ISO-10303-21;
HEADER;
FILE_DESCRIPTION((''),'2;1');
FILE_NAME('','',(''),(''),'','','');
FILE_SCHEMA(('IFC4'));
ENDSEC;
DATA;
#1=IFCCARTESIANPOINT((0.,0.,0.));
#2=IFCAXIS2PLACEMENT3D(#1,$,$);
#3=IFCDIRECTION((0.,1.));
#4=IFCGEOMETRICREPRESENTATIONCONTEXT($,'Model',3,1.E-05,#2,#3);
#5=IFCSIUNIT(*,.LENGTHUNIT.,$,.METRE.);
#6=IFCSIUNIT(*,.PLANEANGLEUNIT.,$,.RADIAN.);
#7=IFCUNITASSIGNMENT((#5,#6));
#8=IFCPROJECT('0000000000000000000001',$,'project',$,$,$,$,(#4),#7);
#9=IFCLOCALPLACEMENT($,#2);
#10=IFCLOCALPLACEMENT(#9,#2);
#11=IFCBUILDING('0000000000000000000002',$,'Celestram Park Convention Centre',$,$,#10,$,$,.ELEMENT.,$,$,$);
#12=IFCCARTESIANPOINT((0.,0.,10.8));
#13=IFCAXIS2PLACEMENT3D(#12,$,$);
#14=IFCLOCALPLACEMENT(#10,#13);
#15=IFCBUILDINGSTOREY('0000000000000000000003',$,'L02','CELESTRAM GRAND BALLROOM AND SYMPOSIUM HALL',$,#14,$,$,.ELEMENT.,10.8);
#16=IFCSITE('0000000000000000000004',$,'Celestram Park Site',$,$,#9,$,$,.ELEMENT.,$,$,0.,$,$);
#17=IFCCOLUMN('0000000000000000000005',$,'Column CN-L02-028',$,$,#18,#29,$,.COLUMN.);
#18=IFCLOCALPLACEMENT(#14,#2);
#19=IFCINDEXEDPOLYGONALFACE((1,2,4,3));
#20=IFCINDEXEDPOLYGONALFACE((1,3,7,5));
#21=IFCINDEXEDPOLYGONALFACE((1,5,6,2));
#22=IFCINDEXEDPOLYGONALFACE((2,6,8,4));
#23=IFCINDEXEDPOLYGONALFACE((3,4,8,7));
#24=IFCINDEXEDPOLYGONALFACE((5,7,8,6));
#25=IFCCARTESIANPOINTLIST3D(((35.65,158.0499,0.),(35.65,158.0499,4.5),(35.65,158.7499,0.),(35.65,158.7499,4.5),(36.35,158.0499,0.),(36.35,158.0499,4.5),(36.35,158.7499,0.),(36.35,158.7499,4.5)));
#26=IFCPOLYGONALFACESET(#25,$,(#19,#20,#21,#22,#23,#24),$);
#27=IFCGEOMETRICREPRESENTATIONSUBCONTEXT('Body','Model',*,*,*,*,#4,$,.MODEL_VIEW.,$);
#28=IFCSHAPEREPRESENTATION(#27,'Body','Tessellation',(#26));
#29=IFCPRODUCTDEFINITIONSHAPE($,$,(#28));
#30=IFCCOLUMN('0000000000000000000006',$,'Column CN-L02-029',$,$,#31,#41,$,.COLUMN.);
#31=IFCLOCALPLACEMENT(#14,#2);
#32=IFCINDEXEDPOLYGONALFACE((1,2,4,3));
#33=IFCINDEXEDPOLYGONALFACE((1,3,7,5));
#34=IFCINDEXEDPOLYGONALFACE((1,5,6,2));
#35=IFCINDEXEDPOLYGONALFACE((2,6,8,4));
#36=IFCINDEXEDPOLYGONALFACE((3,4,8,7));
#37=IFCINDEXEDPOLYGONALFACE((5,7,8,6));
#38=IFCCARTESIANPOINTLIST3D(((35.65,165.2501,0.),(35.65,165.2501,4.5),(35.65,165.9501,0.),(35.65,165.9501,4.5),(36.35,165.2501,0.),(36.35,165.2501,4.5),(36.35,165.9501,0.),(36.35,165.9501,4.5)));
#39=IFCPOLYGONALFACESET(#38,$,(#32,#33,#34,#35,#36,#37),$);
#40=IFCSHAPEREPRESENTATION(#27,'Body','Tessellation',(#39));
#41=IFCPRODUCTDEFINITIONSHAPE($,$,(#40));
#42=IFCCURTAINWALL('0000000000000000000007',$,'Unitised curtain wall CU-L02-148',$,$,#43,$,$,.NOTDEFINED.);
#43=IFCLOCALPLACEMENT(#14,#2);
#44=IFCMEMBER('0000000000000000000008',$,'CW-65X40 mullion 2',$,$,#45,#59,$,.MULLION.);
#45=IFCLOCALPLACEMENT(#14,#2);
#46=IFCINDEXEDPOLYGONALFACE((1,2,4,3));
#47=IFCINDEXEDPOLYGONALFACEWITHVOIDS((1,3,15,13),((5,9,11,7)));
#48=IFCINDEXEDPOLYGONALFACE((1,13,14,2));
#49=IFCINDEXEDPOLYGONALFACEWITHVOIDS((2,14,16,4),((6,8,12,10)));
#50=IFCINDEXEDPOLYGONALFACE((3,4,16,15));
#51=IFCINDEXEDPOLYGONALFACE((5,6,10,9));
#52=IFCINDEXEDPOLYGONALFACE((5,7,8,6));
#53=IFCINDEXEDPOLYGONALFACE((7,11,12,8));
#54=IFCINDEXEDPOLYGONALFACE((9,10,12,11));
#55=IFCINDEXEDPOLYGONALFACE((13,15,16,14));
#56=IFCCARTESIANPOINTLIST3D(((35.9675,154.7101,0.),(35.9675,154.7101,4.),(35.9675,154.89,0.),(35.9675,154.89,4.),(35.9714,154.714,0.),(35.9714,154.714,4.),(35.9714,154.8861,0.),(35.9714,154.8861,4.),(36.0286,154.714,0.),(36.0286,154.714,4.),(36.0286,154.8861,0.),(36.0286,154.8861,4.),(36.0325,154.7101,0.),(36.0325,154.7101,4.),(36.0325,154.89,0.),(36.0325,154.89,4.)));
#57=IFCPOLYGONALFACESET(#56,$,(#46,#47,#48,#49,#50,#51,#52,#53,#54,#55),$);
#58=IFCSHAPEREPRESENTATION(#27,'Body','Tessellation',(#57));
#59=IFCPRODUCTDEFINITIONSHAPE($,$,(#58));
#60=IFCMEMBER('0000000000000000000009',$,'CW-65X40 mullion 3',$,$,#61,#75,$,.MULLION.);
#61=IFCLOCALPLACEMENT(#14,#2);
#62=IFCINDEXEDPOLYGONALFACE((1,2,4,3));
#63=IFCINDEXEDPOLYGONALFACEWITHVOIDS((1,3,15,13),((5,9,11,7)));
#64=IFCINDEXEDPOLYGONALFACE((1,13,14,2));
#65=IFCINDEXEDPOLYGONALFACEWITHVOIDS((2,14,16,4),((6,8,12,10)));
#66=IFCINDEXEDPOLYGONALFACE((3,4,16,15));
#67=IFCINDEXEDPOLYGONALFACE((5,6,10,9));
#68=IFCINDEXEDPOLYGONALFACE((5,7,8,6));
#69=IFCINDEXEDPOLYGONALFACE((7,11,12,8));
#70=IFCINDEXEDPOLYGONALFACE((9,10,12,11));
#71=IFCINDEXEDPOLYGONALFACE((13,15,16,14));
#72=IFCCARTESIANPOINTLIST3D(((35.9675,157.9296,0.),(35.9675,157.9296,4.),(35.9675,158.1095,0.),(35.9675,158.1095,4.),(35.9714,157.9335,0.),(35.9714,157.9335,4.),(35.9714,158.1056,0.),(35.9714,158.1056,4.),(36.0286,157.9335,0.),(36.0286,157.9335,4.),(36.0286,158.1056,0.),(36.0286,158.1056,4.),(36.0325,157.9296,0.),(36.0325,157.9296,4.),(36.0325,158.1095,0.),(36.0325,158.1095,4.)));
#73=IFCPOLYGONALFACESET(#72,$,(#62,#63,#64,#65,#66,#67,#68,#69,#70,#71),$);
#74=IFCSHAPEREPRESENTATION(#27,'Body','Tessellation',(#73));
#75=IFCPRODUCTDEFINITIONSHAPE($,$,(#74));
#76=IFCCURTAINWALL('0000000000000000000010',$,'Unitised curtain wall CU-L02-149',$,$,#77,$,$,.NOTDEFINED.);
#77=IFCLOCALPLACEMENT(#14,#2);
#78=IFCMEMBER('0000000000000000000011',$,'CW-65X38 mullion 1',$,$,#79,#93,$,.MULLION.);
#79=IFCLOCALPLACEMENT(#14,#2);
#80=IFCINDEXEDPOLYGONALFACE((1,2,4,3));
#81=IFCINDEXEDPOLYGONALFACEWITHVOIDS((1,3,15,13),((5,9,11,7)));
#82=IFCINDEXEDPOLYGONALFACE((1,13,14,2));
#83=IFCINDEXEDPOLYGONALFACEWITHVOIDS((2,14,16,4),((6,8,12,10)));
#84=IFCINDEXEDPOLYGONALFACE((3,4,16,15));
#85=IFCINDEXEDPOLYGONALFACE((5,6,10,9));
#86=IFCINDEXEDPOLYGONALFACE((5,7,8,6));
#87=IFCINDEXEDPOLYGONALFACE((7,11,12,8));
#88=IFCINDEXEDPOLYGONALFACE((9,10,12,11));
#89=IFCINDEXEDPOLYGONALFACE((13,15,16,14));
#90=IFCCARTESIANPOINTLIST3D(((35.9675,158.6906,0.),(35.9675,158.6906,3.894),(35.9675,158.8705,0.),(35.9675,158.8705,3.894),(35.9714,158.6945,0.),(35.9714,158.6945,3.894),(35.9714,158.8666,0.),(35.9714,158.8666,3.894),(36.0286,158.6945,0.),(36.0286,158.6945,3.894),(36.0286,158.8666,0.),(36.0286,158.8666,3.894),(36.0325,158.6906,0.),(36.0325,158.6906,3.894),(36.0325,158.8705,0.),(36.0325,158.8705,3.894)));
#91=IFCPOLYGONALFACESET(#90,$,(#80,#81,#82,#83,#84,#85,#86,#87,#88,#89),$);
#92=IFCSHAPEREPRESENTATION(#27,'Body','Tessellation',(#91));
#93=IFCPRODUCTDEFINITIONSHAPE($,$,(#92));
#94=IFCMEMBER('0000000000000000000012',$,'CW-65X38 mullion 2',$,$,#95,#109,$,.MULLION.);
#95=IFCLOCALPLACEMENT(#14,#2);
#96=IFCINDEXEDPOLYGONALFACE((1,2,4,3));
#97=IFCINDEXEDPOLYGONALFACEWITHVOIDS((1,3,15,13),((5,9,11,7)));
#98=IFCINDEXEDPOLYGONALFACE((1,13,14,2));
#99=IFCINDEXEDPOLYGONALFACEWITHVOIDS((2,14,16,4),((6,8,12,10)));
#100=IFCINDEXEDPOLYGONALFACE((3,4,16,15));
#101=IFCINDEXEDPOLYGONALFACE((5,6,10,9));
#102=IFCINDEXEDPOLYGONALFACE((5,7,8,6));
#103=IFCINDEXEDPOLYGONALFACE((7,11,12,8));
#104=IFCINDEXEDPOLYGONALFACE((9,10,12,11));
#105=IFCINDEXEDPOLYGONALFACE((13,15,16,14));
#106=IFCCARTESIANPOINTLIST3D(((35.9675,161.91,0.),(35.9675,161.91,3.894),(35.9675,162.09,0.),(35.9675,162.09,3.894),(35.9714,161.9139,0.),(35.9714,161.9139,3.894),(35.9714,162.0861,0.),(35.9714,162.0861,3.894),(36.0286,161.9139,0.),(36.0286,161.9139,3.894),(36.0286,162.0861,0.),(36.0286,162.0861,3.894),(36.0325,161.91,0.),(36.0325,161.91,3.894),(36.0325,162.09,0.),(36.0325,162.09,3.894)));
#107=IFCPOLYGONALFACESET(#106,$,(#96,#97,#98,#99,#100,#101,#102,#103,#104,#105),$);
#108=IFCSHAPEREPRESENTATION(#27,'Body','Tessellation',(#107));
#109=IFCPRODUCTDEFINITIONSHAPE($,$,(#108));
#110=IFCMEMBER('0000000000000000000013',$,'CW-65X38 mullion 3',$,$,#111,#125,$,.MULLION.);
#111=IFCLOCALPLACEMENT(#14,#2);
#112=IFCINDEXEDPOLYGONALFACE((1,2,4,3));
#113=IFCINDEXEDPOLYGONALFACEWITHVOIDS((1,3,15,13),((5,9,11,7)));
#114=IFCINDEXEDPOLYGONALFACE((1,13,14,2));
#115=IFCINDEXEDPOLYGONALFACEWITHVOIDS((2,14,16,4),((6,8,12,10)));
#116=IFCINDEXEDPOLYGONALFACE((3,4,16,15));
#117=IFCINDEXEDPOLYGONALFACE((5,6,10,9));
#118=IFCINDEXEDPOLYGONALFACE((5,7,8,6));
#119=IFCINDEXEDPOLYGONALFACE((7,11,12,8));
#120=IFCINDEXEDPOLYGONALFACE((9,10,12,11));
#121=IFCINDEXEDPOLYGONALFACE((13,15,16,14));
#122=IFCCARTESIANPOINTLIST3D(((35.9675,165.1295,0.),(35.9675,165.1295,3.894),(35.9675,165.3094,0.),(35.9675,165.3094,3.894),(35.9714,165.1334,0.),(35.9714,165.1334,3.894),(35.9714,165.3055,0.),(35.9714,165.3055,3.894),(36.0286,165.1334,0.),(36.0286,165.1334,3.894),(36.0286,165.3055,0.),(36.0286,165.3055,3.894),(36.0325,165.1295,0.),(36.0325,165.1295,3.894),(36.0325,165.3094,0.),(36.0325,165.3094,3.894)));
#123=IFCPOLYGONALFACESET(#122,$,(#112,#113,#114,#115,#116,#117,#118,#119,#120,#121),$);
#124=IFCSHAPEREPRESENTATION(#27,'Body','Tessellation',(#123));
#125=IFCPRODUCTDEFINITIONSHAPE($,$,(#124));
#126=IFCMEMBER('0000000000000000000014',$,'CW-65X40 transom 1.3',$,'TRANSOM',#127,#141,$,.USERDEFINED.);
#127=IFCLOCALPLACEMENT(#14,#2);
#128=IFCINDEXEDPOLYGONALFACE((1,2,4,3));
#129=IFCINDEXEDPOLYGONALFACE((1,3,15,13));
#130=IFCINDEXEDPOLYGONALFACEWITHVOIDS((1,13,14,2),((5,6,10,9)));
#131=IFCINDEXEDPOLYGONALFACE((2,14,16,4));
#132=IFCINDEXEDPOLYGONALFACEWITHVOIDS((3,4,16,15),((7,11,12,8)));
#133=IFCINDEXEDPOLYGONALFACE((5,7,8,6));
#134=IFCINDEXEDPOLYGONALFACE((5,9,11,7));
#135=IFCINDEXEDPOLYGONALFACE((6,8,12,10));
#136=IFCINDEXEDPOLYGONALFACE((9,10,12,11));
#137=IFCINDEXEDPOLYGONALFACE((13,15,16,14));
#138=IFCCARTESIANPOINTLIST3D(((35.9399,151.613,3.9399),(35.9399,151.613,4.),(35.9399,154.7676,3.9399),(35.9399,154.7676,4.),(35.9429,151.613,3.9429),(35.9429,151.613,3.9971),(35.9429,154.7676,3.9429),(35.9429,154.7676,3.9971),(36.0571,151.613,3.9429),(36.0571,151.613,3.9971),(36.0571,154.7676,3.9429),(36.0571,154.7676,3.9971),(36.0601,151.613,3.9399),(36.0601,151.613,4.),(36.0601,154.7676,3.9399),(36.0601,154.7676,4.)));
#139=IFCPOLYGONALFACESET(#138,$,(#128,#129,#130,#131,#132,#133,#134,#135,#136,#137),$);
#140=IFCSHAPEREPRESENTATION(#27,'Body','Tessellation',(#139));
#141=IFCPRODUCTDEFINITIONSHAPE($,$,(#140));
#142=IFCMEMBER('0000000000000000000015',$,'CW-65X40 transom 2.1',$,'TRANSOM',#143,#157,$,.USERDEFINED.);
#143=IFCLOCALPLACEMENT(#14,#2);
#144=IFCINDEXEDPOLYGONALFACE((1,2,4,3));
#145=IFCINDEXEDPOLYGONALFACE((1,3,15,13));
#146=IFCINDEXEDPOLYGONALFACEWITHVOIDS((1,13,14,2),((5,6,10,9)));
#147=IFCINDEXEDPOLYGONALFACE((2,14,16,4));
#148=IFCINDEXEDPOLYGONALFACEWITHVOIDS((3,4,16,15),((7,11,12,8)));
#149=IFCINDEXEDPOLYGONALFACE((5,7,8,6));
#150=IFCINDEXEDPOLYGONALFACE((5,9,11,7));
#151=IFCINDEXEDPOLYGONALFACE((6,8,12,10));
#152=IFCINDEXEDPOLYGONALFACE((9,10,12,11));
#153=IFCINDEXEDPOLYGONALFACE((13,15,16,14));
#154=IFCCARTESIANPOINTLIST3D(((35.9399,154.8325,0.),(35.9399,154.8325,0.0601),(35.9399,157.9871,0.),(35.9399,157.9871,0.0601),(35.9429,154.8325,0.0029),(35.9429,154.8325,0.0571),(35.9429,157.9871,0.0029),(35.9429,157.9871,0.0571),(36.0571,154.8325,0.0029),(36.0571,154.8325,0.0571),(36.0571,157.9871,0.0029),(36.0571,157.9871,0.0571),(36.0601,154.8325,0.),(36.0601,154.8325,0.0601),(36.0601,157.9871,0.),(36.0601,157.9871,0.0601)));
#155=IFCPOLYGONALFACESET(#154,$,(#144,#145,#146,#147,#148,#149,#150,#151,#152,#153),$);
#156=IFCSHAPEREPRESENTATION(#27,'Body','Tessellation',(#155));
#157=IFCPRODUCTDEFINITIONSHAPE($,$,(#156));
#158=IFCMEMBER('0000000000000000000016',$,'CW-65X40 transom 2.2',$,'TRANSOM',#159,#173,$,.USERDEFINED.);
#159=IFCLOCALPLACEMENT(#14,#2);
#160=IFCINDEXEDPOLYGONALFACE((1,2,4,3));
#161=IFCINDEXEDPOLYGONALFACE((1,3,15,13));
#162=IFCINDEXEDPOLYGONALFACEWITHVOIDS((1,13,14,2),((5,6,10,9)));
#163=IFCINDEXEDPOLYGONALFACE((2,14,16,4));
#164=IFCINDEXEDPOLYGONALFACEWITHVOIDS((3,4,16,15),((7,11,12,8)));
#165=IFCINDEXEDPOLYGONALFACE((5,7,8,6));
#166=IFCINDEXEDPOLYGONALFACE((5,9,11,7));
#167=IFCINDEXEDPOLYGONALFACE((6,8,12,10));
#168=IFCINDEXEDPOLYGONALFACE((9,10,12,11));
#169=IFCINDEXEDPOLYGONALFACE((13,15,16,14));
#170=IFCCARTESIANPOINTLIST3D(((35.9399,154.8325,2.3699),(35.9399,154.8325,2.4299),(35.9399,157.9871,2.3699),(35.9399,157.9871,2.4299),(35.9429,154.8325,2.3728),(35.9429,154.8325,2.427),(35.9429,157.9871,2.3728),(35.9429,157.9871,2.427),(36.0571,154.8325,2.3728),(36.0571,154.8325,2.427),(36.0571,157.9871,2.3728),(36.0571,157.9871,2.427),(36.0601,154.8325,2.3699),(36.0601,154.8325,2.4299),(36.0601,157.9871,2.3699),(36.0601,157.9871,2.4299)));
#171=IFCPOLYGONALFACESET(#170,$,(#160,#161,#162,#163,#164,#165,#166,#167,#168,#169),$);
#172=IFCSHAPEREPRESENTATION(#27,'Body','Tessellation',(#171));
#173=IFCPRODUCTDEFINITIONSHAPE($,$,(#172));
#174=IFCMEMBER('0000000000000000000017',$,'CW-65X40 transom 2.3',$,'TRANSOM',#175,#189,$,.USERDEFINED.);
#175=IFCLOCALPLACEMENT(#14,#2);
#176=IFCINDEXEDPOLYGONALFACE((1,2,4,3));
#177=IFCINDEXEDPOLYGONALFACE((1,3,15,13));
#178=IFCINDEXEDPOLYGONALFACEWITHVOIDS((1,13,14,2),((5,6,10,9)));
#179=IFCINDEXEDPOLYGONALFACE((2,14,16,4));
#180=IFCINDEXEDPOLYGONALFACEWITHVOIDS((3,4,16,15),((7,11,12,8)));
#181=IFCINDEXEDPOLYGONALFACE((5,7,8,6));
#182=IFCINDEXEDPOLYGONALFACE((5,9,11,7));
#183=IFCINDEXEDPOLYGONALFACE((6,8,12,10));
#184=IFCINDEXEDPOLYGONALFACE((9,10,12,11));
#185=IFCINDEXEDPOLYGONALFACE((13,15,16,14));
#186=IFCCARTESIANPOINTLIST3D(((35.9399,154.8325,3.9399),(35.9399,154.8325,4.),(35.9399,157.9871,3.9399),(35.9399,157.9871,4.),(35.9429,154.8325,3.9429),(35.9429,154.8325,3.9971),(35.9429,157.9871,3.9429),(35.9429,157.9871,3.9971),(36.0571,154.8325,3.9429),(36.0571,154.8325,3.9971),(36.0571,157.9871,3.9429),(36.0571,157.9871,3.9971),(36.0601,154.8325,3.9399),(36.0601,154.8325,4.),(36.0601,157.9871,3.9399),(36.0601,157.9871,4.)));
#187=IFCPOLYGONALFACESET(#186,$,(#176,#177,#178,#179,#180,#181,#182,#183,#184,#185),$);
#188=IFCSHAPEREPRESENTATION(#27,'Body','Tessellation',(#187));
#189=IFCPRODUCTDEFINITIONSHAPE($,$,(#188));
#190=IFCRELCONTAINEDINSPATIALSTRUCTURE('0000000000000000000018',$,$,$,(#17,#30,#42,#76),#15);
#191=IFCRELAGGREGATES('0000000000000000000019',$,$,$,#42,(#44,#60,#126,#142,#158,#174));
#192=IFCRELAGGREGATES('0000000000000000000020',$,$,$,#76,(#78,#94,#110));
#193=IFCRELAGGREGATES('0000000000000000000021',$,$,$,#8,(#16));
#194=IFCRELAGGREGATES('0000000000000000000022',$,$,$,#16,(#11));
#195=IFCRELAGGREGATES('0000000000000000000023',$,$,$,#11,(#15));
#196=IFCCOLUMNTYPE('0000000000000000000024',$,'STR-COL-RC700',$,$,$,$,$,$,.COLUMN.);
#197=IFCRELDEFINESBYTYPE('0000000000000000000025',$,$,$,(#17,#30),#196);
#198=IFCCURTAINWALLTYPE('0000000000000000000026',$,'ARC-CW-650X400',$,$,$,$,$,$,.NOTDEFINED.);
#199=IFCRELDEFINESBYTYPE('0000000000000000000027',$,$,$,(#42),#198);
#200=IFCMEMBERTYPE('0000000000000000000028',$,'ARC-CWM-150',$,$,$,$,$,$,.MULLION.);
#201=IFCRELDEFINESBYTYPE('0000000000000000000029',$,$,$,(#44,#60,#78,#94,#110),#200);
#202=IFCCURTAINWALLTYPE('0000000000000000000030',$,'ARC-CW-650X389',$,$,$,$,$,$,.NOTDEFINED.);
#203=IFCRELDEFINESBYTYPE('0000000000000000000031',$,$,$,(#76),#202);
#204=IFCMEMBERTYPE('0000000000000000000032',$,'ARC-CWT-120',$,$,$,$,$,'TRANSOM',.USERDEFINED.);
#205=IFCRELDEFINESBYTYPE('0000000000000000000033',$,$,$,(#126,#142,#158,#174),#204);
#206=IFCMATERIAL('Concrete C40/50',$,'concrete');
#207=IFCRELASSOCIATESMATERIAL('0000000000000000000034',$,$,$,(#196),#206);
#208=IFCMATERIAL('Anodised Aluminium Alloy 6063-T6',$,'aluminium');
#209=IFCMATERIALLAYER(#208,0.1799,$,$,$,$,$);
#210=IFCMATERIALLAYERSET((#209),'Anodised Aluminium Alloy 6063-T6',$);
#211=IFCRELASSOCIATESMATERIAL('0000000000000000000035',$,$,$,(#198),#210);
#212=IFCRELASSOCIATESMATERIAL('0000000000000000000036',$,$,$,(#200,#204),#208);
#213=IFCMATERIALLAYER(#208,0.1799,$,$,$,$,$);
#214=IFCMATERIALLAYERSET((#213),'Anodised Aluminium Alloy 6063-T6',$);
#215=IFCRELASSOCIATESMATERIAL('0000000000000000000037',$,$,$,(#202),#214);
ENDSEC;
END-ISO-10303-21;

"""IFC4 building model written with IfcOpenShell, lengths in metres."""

from ifc_helpers import new_model, si_unit, direction, frame, origin, origin_2d, place, context, subcontext, project, spatial, rectangle, hollow_rectangle, extrude, material, layer, layer_set, material_profile, profile_set, type_object, element, aggregate, save


model = new_model("IFC4")

# Units and contexts
model_context = context("Model", 3, precision=1e-05, world=origin(), true_north=direction((0.0, 1.0)))
body_context = subcontext(model_context, "Body", "Model", "MODEL_VIEW")
ifc_project = project(units=[si_unit("LENGTHUNIT", "METRE"), si_unit("PLANEANGLEUNIT", "RADIAN")], contexts=[model_context])

# Site, building, storey
site_placement = place(None, origin())
site = spatial("IfcSite", under=ifc_project, at=site_placement, Name="Celestram Park Site", CompositionType="ELEMENT", RefElevation=0.0)
building_placement = place(site_placement, origin())
building = spatial("IfcBuilding", under=site, at=building_placement, Name="Celestram Park Convention Centre", CompositionType="ELEMENT")
storey_placement = place(building_placement, frame((0.0, 0.0, 10.8)))
storey = spatial("IfcBuildingStorey", under=building, at=storey_placement, Name="L02", Description="CELESTRAM GRAND BALLROOM AND SYMPOSIUM HALL", CompositionType="ELEMENT", Elevation=10.8)

# Columns
ifc_material_1 = material(Name="Concrete C40/50", Category="concrete")
ifc_material_profile_1 = material_profile(ifc_material_1, rectangle(XDim=0.7, YDim=0.7, at=origin_2d()), Name="RC700X700")
ifc_profile_set_1 = profile_set([ifc_material_profile_1], Name="Concrete C40/50")
column_type = type_object("IfcColumnType", Name="STR-COL-RC700", PredefinedType="COLUMN", material=ifc_profile_set_1)
for number, where, z_axis, x_axis, name in (
    (1, (36.0, 158.3999, 0.0), (0.0, 0.0, 1.0), (1.0, 0.0, 0.0), "Column CN-L02-028"),
    (2, (36.0, 165.6001, 0.0), (0.0, 0.0, 1.0), (1.0, 0.0, 0.0), "Column CN-L02-029"),
):
    element("IfcColumn", number, at=place(storey_placement, frame(where, z_axis=z_axis, x_axis=x_axis)), inside=storey, type_object=column_type, Name=name, PredefinedType="COLUMN", context=body_context, shape_type="SweptSolid", body=[
        extrude(rectangle(XDim=0.7, YDim=0.7, at=origin_2d()), origin(), (0.0, 0.0, 1.0), 4.5),
    ])

# Curtain walls, members
ifc_material_2 = material(Name="Anodised Aluminium Alloy 6063-T6", Category="aluminium")
ifc_layer_1 = layer(ifc_material_2, 0.1799)
ifc_layer_set_1 = layer_set([ifc_layer_1], Name="Anodised Aluminium Alloy 6063-T6")
curtain_wall_type_1 = type_object("IfcCurtainWallType", Name="ARC-CW-650X400", PredefinedType="NOTDEFINED", material=ifc_layer_set_1)
curtain_wall_1_placement = place(storey_placement, origin())
curtain_wall_1 = element("IfcCurtainWall", 3, at=curtain_wall_1_placement, inside=storey, type_object=curtain_wall_type_1, Name="Unitised curtain wall CU-L02-148", PredefinedType="NOTDEFINED")
ifc_material_profile_2 = material_profile(ifc_material_2, hollow_rectangle(XDim=0.0649, YDim=0.1799, WallThickness=0.0039, at=origin_2d()), Name="ALU65X180X4")
ifc_profile_set_2 = profile_set([ifc_material_profile_2], Name="Anodised Aluminium Alloy 6063-T6")
member_type_1 = type_object("IfcMemberType", Name="ARC-CWM-150", PredefinedType="MULLION", material=ifc_profile_set_2)
member_1_placement = place(storey_placement, frame((36.0, 154.8, 0.0), z_axis=(0.0, 0.0, 1.0), x_axis=(-1.0, 0.0, 0.0)))
member_1 = element("IfcMember", 4, at=member_1_placement, type_object=member_type_1, Name="CW-65X40 mullion 2", PredefinedType="MULLION", context=body_context, shape_type="SweptSolid", body=[
    extrude(hollow_rectangle(XDim=0.0649, YDim=0.1799, WallThickness=0.0039, at=origin_2d()), origin(), (0.0, 0.0, 1.0), 4.0),
])
member_2_placement = place(storey_placement, frame((36.0, 158.0195, 0.0), z_axis=(0.0, 0.0, 1.0), x_axis=(-1.0, 0.0, 0.0)))
member_2 = element("IfcMember", 5, at=member_2_placement, type_object=member_type_1, Name="CW-65X40 mullion 3", PredefinedType="MULLION", context=body_context, shape_type="SweptSolid", body=[
    extrude(hollow_rectangle(XDim=0.0649, YDim=0.1799, WallThickness=0.0039, at=origin_2d()), origin(), (0.0, 0.0, 1.0), 4.0),
])
ifc_layer_2 = layer(ifc_material_2, 0.1799)
ifc_layer_set_2 = layer_set([ifc_layer_2], Name="Anodised Aluminium Alloy 6063-T6")
curtain_wall_type_2 = type_object("IfcCurtainWallType", Name="ARC-CW-650X389", PredefinedType="NOTDEFINED", material=ifc_layer_set_2)
curtain_wall_2_placement = place(storey_placement, origin())
curtain_wall_2 = element("IfcCurtainWall", 6, at=curtain_wall_2_placement, inside=storey, type_object=curtain_wall_type_2, Name="Unitised curtain wall CU-L02-149", PredefinedType="NOTDEFINED")
member_3_placement = place(storey_placement, frame((36.0, 158.7805, 0.0), z_axis=(0.0, 0.0, 1.0), x_axis=(-1.0, 0.0, 0.0)))
member_3 = element("IfcMember", 7, at=member_3_placement, type_object=member_type_1, Name="CW-65X38 mullion 1", PredefinedType="MULLION", context=body_context, shape_type="SweptSolid", body=[
    extrude(hollow_rectangle(XDim=0.0649, YDim=0.1799, WallThickness=0.0039, at=origin_2d()), origin(), (0.0, 0.0, 1.0), 3.894),
])
member_4_placement = place(storey_placement, frame((36.0, 162.0, 0.0), z_axis=(0.0, 0.0, 1.0), x_axis=(-1.0, 0.0, 0.0)))
member_4 = element("IfcMember", 8, at=member_4_placement, type_object=member_type_1, Name="CW-65X38 mullion 2", PredefinedType="MULLION", context=body_context, shape_type="SweptSolid", body=[
    extrude(hollow_rectangle(XDim=0.0649, YDim=0.1799, WallThickness=0.0039, at=origin_2d()), origin(), (0.0, 0.0, 1.0), 3.894),
])
member_5_placement = place(storey_placement, frame((36.0, 165.2195, 0.0), z_axis=(0.0, 0.0, 1.0), x_axis=(-1.0, 0.0, 0.0)))
member_5 = element("IfcMember", 9, at=member_5_placement, type_object=member_type_1, Name="CW-65X38 mullion 3", PredefinedType="MULLION", context=body_context, shape_type="SweptSolid", body=[
    extrude(hollow_rectangle(XDim=0.0649, YDim=0.1799, WallThickness=0.0039, at=origin_2d()), origin(), (0.0, 0.0, 1.0), 3.894),
])

# Members
ifc_material_profile_3 = material_profile(ifc_material_2, hollow_rectangle(XDim=0.1201, YDim=0.0601, WallThickness=0.0029, at=origin_2d()), Name="ALU120X60X3")
ifc_profile_set_3 = profile_set([ifc_material_profile_3], Name="Anodised Aluminium Alloy 6063-T6")
member_type_2 = type_object("IfcMemberType", Name="ARC-CWT-120", ElementType="TRANSOM", PredefinedType="USERDEFINED", material=ifc_profile_set_3)
member_6_placement = place(storey_placement, frame((36.0, 151.613, 3.97), z_axis=(0.0, 1.0, 0.0), x_axis=(-1.0, 0.0, 0.0)))
member_6 = element("IfcMember", 10, at=member_6_placement, type_object=member_type_2, Name="CW-65X40 transom 1.3", ObjectType="TRANSOM", PredefinedType="USERDEFINED", context=body_context, shape_type="SweptSolid", body=[
    extrude(hollow_rectangle(XDim=0.1201, YDim=0.0601, WallThickness=0.0029, at=origin_2d()), origin(), (0.0, 0.0, 1.0), 3.1545),
])
member_7_placement = place(storey_placement, frame((36.0, 154.8325, 0.03), z_axis=(0.0, 1.0, 0.0), x_axis=(-1.0, 0.0, 0.0)))
member_7 = element("IfcMember", 11, at=member_7_placement, type_object=member_type_2, Name="CW-65X40 transom 2.1", ObjectType="TRANSOM", PredefinedType="USERDEFINED", context=body_context, shape_type="SweptSolid", body=[
    extrude(hollow_rectangle(XDim=0.1201, YDim=0.0601, WallThickness=0.0029, at=origin_2d()), origin(), (0.0, 0.0, 1.0), 3.1545),
])
member_8_placement = place(storey_placement, frame((36.0, 154.8325, 2.3999), z_axis=(0.0, 1.0, 0.0), x_axis=(-1.0, 0.0, 0.0)))
member_8 = element("IfcMember", 12, at=member_8_placement, type_object=member_type_2, Name="CW-65X40 transom 2.2", ObjectType="TRANSOM", PredefinedType="USERDEFINED", context=body_context, shape_type="SweptSolid", body=[
    extrude(hollow_rectangle(XDim=0.1201, YDim=0.0601, WallThickness=0.0029, at=origin_2d()), origin(), (0.0, 0.0, 1.0), 3.1545),
])
member_9_placement = place(storey_placement, frame((36.0, 154.8325, 3.97), z_axis=(0.0, 1.0, 0.0), x_axis=(-1.0, 0.0, 0.0)))
member_9 = element("IfcMember", 13, at=member_9_placement, type_object=member_type_2, Name="CW-65X40 transom 2.3", ObjectType="TRANSOM", PredefinedType="USERDEFINED", context=body_context, shape_type="SweptSolid", body=[
    extrude(hollow_rectangle(XDim=0.1201, YDim=0.0601, WallThickness=0.0029, at=origin_2d()), origin(), (0.0, 0.0, 1.0), 3.1545),
])

aggregate(curtain_wall_1, [member_1, member_2, member_6, member_7, member_8, member_9])
aggregate(curtain_wall_2, [member_3, member_4, member_5])

save(model, "model.ifc")
